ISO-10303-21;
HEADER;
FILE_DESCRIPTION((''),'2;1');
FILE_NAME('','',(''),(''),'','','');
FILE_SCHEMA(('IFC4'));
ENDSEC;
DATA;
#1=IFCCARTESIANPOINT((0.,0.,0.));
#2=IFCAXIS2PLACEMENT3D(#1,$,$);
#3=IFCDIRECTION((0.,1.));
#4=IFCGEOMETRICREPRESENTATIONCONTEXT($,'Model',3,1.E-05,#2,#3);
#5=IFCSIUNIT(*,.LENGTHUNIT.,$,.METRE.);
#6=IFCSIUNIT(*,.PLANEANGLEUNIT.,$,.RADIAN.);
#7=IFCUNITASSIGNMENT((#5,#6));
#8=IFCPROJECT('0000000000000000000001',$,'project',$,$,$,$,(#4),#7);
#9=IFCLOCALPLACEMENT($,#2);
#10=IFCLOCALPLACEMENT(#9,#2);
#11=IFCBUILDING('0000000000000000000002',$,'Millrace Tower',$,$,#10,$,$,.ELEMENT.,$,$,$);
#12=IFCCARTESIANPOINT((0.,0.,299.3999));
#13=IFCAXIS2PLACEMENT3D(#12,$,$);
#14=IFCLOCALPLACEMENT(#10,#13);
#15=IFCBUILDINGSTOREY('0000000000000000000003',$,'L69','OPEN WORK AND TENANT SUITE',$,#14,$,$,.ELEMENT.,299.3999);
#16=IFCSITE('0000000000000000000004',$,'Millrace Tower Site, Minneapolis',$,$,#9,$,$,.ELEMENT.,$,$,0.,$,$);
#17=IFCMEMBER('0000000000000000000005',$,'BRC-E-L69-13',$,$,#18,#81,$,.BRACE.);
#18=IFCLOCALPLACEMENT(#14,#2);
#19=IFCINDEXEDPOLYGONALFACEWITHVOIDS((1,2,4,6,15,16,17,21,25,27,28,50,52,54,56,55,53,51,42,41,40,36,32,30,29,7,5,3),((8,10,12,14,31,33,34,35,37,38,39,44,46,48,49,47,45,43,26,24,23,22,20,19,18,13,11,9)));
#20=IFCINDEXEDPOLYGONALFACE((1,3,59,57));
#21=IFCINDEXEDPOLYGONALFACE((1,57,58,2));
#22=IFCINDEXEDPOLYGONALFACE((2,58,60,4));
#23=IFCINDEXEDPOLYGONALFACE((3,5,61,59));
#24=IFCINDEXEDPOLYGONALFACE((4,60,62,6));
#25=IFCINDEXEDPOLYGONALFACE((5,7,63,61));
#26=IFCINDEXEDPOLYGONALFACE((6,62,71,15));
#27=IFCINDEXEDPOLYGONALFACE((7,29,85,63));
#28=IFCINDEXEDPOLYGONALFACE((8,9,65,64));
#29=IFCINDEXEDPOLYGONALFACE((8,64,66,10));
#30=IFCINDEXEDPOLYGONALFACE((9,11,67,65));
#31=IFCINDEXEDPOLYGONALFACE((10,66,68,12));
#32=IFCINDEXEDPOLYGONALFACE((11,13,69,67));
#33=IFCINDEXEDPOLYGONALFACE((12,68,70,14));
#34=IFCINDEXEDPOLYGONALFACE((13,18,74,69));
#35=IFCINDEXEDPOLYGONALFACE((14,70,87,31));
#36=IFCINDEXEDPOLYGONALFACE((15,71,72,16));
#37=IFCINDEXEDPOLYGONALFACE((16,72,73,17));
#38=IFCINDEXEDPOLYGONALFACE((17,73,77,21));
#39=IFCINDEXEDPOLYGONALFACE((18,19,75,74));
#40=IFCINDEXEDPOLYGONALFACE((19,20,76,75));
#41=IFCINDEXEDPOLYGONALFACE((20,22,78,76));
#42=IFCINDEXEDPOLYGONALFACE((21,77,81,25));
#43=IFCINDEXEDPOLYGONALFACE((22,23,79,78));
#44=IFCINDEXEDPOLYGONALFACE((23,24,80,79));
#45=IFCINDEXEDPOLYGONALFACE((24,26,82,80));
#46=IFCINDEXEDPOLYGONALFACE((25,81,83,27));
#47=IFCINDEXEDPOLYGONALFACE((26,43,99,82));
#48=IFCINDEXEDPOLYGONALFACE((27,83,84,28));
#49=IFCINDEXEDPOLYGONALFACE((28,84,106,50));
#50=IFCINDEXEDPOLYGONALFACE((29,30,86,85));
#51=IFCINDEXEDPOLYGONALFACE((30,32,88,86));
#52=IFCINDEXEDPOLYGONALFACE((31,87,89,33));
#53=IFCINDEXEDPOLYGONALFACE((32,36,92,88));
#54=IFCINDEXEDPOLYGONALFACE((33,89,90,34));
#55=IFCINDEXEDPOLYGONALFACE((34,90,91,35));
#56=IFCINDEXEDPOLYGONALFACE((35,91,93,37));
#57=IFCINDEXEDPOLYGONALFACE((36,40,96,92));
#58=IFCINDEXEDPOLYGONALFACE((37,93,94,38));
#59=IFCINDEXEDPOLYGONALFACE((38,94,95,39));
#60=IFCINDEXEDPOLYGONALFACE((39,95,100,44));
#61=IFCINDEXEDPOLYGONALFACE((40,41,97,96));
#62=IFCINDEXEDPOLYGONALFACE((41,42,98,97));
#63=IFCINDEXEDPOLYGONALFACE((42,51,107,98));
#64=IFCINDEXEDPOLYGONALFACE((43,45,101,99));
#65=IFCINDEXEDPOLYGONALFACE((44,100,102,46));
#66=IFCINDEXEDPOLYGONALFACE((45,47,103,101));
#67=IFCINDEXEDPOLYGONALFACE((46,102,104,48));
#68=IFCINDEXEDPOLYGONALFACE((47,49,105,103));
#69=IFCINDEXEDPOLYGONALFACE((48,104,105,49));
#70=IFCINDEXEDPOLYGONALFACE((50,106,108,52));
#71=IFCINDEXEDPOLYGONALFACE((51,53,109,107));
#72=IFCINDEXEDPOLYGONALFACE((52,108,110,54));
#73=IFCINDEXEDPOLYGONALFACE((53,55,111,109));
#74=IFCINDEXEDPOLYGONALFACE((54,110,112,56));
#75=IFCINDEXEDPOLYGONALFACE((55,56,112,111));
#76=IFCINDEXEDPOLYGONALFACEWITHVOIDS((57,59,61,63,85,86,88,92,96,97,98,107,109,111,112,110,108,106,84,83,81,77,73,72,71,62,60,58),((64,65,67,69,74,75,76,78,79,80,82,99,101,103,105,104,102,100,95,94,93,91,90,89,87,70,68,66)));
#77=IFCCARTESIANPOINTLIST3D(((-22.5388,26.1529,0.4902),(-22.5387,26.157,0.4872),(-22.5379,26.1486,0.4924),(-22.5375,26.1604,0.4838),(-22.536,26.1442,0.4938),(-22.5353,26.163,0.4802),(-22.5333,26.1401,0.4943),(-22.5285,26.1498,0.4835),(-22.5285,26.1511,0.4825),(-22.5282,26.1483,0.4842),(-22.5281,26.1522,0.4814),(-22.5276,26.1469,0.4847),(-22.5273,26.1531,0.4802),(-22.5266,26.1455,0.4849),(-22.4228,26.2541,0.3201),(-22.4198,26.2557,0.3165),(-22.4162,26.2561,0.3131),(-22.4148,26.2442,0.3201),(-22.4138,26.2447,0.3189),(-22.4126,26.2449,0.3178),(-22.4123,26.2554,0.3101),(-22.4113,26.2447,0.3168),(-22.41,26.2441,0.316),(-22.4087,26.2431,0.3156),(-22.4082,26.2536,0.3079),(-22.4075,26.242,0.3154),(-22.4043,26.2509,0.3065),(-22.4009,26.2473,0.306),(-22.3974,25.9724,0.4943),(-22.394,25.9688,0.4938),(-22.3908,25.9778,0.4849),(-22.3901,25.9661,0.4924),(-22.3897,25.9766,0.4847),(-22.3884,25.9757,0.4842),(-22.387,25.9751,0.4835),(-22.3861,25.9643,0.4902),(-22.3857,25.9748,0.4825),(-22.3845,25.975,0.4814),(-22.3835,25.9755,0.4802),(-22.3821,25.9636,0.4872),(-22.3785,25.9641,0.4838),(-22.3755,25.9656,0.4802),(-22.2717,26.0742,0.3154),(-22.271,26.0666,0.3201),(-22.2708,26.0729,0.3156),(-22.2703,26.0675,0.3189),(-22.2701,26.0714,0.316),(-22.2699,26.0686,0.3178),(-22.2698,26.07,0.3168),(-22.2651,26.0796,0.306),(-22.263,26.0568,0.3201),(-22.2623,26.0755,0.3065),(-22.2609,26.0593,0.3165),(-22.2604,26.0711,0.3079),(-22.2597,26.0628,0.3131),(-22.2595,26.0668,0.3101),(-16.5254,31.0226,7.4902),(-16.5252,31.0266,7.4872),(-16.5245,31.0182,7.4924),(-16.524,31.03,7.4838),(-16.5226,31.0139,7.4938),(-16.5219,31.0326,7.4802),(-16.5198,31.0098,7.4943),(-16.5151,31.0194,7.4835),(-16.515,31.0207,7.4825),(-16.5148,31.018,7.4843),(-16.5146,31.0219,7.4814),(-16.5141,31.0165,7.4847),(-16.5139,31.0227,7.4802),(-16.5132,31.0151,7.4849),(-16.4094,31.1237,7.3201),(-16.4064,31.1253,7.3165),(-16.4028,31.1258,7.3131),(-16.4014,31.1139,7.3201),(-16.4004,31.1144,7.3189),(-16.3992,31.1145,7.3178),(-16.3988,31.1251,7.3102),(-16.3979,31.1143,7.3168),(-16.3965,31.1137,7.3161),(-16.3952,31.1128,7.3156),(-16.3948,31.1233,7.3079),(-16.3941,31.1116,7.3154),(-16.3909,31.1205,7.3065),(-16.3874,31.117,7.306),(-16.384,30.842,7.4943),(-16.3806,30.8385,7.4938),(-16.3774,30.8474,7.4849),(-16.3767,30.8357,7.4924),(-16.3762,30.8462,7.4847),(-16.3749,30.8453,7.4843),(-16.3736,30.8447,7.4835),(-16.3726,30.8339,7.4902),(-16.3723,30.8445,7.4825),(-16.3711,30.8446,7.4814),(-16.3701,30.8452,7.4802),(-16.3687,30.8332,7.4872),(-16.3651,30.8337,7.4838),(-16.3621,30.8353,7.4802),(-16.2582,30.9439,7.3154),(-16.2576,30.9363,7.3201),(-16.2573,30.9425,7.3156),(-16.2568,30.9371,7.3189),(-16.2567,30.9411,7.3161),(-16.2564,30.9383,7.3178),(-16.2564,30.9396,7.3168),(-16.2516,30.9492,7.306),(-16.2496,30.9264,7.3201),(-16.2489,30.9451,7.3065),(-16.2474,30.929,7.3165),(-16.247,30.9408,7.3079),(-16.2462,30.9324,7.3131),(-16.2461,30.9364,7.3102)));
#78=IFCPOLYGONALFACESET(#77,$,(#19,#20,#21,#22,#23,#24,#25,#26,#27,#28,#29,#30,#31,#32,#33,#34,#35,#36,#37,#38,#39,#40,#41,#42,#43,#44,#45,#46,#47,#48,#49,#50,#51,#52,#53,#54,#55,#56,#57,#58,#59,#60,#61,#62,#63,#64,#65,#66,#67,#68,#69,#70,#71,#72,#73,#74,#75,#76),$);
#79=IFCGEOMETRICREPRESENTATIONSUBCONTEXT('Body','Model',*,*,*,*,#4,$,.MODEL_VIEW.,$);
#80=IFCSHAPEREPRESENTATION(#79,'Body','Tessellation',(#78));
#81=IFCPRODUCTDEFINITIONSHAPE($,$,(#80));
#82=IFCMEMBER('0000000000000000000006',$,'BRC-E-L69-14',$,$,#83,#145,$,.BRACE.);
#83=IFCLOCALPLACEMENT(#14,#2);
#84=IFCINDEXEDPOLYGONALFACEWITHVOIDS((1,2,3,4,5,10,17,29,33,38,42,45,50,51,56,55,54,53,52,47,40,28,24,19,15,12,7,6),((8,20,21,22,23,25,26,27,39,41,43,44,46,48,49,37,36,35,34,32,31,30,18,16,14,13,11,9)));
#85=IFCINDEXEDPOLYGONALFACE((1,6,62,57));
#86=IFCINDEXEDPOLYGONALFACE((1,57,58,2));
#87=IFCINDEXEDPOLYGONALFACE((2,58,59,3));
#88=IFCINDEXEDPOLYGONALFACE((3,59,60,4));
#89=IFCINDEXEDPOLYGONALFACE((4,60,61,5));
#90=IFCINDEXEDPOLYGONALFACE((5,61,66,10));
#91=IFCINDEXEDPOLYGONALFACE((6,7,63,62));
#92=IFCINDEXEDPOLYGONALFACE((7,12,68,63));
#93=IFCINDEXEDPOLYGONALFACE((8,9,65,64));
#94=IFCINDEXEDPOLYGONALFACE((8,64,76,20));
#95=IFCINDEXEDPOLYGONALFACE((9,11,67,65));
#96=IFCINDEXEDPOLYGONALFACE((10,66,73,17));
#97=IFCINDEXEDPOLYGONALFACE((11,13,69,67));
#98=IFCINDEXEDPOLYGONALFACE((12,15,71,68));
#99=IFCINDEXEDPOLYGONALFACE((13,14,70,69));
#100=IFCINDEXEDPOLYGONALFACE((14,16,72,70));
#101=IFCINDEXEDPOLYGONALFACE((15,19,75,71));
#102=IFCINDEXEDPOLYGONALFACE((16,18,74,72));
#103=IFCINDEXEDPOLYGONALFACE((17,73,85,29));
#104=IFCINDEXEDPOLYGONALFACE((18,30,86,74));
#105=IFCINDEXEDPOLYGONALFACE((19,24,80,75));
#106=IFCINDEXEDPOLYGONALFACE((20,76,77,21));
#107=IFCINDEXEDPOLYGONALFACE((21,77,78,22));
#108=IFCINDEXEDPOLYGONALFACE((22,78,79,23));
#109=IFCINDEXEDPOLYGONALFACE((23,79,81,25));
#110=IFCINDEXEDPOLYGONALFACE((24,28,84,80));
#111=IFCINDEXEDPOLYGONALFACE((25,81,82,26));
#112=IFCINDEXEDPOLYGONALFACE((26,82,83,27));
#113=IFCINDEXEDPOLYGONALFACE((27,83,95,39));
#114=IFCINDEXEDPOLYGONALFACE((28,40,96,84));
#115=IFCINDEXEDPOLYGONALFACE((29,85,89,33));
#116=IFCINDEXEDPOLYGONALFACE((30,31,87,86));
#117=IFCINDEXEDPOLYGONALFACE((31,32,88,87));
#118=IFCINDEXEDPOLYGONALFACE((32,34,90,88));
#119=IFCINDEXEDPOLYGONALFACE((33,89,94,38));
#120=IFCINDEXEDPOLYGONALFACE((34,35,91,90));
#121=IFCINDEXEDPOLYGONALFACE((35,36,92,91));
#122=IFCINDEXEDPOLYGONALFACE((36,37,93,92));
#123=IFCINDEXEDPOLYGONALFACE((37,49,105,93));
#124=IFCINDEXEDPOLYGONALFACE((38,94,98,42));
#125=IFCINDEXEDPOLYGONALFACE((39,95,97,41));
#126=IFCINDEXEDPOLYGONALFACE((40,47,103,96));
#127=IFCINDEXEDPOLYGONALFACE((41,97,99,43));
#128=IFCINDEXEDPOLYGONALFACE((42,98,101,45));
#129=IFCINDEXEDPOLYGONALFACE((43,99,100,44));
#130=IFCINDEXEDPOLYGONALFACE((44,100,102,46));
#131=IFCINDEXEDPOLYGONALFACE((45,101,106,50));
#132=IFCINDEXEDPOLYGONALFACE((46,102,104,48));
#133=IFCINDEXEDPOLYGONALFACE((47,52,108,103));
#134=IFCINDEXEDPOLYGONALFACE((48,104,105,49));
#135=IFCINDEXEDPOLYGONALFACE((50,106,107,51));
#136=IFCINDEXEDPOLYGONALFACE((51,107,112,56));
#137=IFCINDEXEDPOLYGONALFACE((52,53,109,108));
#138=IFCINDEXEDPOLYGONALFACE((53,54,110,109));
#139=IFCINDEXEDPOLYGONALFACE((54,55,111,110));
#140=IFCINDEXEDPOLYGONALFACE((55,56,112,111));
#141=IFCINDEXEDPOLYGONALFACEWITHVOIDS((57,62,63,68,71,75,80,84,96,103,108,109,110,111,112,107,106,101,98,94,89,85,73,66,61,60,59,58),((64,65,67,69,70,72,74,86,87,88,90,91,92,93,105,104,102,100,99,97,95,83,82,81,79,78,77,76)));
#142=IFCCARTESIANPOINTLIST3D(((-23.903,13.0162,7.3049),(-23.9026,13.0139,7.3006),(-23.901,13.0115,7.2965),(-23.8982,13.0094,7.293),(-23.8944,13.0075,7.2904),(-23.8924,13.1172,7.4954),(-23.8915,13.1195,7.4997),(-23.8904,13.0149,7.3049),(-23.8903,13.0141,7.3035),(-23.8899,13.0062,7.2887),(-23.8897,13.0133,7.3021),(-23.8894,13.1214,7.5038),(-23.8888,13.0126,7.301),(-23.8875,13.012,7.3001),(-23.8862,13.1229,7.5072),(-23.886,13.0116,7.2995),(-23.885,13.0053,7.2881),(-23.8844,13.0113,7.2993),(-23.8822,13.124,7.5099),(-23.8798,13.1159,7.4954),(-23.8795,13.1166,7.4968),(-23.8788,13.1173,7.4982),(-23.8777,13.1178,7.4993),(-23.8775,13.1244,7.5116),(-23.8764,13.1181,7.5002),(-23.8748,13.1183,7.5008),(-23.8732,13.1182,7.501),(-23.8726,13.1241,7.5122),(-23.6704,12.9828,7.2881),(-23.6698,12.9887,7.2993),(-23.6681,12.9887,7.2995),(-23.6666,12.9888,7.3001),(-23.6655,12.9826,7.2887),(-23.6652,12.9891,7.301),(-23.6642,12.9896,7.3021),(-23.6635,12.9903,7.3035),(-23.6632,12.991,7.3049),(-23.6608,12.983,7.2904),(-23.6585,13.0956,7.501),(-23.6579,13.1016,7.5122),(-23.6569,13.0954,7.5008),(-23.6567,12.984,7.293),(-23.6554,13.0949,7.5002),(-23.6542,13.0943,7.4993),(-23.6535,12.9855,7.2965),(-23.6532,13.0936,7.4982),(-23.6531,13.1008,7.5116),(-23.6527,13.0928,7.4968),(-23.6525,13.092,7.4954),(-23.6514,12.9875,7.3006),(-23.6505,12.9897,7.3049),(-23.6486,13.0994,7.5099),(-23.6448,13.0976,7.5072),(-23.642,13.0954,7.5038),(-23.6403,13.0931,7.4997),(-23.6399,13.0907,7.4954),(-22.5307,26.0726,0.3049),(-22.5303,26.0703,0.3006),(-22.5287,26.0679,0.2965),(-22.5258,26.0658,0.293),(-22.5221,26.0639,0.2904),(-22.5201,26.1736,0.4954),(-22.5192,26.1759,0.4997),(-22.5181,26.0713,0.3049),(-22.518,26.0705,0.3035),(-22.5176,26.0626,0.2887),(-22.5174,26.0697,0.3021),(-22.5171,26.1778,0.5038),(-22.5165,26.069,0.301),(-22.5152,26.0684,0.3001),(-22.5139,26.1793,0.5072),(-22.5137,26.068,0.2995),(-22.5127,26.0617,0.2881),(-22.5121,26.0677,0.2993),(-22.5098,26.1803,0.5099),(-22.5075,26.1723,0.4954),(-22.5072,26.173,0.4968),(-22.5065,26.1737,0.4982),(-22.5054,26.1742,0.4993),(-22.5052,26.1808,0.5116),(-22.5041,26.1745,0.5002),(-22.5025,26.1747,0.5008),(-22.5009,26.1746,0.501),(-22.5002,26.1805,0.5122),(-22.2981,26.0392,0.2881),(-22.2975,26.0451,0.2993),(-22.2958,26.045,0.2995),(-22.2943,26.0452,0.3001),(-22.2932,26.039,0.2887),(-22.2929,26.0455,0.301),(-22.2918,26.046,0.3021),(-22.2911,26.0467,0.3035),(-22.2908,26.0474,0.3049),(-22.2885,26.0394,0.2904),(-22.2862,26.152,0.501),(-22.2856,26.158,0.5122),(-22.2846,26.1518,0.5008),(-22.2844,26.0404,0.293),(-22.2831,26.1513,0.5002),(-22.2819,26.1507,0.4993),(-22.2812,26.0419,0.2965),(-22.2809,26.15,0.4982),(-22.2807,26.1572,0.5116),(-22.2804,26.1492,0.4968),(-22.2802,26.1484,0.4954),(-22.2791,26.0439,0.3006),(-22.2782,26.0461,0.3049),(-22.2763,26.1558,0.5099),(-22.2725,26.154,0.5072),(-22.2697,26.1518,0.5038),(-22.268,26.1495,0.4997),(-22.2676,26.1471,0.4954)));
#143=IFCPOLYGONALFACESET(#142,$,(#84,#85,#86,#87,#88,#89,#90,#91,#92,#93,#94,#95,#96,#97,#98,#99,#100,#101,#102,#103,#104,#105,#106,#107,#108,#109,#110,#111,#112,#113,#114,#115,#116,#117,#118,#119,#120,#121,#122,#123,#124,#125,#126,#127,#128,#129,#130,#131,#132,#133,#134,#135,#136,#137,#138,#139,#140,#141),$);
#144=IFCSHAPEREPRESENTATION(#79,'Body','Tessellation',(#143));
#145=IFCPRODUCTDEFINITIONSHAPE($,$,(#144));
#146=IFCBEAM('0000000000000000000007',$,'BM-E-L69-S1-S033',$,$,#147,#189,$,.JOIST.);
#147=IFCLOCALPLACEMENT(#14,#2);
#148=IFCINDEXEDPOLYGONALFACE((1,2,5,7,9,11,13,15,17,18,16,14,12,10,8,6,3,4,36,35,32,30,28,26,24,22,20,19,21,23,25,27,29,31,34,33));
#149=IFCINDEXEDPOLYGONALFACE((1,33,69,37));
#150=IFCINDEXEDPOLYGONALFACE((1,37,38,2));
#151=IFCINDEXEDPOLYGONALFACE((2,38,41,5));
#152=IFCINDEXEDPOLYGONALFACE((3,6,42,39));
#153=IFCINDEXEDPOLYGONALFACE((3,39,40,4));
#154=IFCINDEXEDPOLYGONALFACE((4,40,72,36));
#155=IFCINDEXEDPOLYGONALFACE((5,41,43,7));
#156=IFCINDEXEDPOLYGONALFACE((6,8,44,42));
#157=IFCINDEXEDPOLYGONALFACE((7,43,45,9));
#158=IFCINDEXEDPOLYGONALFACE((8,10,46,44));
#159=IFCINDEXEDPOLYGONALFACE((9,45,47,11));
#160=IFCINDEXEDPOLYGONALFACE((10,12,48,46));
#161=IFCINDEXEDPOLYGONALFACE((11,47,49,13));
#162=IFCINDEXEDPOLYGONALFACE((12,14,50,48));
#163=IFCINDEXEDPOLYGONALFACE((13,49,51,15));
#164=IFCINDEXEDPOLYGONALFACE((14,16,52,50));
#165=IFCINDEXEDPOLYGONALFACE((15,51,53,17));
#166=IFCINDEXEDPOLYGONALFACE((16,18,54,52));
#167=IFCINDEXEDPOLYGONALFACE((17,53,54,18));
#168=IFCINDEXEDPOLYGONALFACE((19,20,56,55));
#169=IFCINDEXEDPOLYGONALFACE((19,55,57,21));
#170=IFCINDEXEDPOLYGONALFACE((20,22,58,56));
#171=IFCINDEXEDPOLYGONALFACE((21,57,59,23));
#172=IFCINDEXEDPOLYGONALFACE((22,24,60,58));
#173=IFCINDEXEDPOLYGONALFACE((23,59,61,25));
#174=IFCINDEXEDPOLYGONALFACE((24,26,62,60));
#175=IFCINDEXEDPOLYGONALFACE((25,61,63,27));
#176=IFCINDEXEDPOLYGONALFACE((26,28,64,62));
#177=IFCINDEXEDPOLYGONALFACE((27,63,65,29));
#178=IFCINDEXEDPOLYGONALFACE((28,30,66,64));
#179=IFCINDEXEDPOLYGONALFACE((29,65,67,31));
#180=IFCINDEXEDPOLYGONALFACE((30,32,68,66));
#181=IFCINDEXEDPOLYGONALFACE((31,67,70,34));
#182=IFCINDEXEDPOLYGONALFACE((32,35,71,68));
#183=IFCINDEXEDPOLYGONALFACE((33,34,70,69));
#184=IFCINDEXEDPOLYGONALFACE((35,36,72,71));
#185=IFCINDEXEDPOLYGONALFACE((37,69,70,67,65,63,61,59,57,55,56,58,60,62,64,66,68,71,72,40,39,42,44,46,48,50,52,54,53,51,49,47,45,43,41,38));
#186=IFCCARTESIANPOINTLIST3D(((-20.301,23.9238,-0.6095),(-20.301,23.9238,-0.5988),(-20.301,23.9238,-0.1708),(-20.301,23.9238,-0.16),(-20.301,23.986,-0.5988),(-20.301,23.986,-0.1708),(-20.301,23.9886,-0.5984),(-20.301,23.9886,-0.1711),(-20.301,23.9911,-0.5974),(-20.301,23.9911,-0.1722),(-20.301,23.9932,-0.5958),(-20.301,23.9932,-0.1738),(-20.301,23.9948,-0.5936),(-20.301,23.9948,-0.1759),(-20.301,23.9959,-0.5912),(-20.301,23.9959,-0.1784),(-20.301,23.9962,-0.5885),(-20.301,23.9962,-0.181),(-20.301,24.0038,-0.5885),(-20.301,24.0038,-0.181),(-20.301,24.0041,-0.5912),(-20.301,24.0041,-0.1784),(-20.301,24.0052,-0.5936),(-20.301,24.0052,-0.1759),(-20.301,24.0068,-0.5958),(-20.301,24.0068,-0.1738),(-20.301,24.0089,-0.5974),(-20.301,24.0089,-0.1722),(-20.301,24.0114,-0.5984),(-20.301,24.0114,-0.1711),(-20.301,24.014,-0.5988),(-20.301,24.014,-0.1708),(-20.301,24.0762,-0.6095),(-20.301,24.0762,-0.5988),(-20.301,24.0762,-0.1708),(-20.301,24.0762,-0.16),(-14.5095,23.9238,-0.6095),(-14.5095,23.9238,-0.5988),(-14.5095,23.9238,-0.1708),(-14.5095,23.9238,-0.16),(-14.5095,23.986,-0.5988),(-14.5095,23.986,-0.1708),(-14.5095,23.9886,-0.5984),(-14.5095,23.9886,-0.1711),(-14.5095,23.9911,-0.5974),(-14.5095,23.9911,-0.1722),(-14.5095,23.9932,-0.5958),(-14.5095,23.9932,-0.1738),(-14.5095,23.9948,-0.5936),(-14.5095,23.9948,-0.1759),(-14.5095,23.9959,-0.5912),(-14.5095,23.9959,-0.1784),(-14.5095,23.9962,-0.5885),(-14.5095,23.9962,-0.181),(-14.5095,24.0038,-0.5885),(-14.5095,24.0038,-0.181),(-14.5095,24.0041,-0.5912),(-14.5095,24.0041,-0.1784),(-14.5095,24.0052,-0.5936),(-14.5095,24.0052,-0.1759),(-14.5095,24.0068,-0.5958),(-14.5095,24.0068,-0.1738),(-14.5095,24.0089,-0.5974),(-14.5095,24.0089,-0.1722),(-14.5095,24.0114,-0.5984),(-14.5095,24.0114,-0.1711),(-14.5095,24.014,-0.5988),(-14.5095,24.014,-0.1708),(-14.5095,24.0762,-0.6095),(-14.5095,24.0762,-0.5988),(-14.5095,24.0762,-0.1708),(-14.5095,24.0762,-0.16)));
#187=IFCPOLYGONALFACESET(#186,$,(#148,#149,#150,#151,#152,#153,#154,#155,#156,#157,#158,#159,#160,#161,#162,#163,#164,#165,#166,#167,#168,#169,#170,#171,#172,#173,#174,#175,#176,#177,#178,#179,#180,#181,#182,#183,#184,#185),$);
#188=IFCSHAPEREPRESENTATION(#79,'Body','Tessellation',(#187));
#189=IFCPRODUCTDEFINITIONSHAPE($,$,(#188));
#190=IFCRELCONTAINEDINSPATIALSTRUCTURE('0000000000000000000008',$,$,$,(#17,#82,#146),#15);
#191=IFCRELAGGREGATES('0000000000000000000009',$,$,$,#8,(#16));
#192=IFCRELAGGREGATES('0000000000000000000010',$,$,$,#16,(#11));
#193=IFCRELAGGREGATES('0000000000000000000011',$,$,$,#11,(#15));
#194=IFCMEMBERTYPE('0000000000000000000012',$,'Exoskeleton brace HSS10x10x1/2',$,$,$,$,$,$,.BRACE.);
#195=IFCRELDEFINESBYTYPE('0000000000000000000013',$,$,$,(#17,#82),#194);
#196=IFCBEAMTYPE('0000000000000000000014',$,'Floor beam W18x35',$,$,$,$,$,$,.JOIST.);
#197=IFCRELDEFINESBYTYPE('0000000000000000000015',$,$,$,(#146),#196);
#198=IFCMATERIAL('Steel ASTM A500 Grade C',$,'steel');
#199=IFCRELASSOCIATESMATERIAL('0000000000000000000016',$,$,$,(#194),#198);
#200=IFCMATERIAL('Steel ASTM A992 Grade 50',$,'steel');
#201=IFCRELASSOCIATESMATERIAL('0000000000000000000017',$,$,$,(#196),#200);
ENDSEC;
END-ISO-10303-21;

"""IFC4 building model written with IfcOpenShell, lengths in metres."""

from ifc_helpers import new_model, si_unit, direction, frame, origin, origin_2d, place, context, subcontext, project, spatial, hollow_rectangle, i_section, extrude, material, material_profile, profile_set, type_object, element, save


model = new_model("IFC4")

# Units and contexts
model_context = context("Model", 3, precision=1e-05, world=origin(), true_north=direction((0.0, 1.0)))
body_context = subcontext(model_context, "Body", "Model", "MODEL_VIEW")
ifc_project = project(units=[si_unit("LENGTHUNIT", "METRE"), si_unit("PLANEANGLEUNIT", "RADIAN")], contexts=[model_context])

# Site, building, storey
site_placement = place(None, origin())
site = spatial("IfcSite", under=ifc_project, at=site_placement, Name="Millrace Tower Site, Minneapolis", CompositionType="ELEMENT", RefElevation=0.0)
building_placement = place(site_placement, origin())
building = spatial("IfcBuilding", under=site, at=building_placement, Name="Millrace Tower", CompositionType="ELEMENT")
storey_placement = place(building_placement, frame((0.0, 0.0, 299.3999)))
storey = spatial("IfcBuildingStorey", under=building, at=storey_placement, Name="L69", Description="OPEN WORK AND TENANT SUITE", CompositionType="ELEMENT", Elevation=299.3999)

# Members
ifc_material_1 = material(Name="Steel ASTM A500 Grade C", Category="steel")
ifc_material_profile_1 = material_profile(ifc_material_1, hollow_rectangle(XDim=0.2539, YDim=0.2539, WallThickness=0.0127, InnerFilletRadius=0.0063, OuterFilletRadius=0.019, at=origin_2d()))
ifc_profile_set_1 = profile_set([ifc_material_profile_1], Name="Steel ASTM A500 Grade C")
member_type_1 = type_object("IfcMemberType", Name="Exoskeleton brace HSS10x10x1/2", PredefinedType="BRACE", material=ifc_profile_set_1)
member_1_placement = place(storey_placement, frame((-22.3992, 26.1099, 0.4001), z_axis=(0.576314, 0.466694, 0.670864), x_axis=(-0.629324, 0.777143, 0.0)))
element("IfcMember", 1, at=member_1_placement, inside=storey, type_object=member_type_1, Name="BRC-E-L69-13", PredefinedType="BRACE", context=body_context, shape_type="SweptSolid", body=[
    extrude(hollow_rectangle(XDim=0.2539, YDim=0.2539, WallThickness=0.0127, InnerFilletRadius=0.0063, OuterFilletRadius=0.019, at=origin_2d()), origin(), (0.0, 0.0, 1.0), 10.4343),
])
member_2_placement = place(storey_placement, frame((-22.3992, 26.1099, 0.4001), z_axis=(-0.092238, -0.877568, 0.470496), x_axis=(0.994522, -0.104531, 0.0)))
element("IfcMember", 2, at=member_2_placement, inside=storey, type_object=member_type_1, Name="BRC-E-L69-14", PredefinedType="BRACE", context=body_context, shape_type="SweptSolid", body=[
    extrude(hollow_rectangle(XDim=0.2539, YDim=0.2539, WallThickness=0.0127, InnerFilletRadius=0.0063, OuterFilletRadius=0.019, at=origin_2d()), origin(), (0.0, 0.0, 1.0), 14.8779),
])

# Beam
ifc_material_2 = material(Name="Steel ASTM A992 Grade 50", Category="steel")
ifc_material_profile_2 = material_profile(ifc_material_2, i_section(OverallWidth=0.1523, OverallDepth=0.4495, WebThickness=0.0076, FlangeThickness=0.0107, FilletRadius=0.0103, at=origin_2d()))
ifc_profile_set_2 = profile_set([ifc_material_profile_2], Name="Steel ASTM A992 Grade 50")
beam_type_1 = type_object("IfcBeamType", Name="Floor beam W18x35", PredefinedType="JOIST", material=ifc_profile_set_2)
beam_1_placement = place(storey_placement, frame((-20.301, 24.0, -0.3848), z_axis=(1.0, 0.0, 0.0), x_axis=(0.0, 1.0, 0.0)))
element("IfcBeam", 3, at=beam_1_placement, inside=storey, type_object=beam_type_1, Name="BM-E-L69-S1-S033", PredefinedType="JOIST", context=body_context, shape_type="SweptSolid", body=[
    extrude(i_section(OverallWidth=0.1523, OverallDepth=0.4495, WebThickness=0.0076, FlangeThickness=0.0107, FilletRadius=0.0103, at=origin_2d()), origin(), (0.0, 0.0, 1.0), 5.7915),
])

save(model, "model.ifc")
